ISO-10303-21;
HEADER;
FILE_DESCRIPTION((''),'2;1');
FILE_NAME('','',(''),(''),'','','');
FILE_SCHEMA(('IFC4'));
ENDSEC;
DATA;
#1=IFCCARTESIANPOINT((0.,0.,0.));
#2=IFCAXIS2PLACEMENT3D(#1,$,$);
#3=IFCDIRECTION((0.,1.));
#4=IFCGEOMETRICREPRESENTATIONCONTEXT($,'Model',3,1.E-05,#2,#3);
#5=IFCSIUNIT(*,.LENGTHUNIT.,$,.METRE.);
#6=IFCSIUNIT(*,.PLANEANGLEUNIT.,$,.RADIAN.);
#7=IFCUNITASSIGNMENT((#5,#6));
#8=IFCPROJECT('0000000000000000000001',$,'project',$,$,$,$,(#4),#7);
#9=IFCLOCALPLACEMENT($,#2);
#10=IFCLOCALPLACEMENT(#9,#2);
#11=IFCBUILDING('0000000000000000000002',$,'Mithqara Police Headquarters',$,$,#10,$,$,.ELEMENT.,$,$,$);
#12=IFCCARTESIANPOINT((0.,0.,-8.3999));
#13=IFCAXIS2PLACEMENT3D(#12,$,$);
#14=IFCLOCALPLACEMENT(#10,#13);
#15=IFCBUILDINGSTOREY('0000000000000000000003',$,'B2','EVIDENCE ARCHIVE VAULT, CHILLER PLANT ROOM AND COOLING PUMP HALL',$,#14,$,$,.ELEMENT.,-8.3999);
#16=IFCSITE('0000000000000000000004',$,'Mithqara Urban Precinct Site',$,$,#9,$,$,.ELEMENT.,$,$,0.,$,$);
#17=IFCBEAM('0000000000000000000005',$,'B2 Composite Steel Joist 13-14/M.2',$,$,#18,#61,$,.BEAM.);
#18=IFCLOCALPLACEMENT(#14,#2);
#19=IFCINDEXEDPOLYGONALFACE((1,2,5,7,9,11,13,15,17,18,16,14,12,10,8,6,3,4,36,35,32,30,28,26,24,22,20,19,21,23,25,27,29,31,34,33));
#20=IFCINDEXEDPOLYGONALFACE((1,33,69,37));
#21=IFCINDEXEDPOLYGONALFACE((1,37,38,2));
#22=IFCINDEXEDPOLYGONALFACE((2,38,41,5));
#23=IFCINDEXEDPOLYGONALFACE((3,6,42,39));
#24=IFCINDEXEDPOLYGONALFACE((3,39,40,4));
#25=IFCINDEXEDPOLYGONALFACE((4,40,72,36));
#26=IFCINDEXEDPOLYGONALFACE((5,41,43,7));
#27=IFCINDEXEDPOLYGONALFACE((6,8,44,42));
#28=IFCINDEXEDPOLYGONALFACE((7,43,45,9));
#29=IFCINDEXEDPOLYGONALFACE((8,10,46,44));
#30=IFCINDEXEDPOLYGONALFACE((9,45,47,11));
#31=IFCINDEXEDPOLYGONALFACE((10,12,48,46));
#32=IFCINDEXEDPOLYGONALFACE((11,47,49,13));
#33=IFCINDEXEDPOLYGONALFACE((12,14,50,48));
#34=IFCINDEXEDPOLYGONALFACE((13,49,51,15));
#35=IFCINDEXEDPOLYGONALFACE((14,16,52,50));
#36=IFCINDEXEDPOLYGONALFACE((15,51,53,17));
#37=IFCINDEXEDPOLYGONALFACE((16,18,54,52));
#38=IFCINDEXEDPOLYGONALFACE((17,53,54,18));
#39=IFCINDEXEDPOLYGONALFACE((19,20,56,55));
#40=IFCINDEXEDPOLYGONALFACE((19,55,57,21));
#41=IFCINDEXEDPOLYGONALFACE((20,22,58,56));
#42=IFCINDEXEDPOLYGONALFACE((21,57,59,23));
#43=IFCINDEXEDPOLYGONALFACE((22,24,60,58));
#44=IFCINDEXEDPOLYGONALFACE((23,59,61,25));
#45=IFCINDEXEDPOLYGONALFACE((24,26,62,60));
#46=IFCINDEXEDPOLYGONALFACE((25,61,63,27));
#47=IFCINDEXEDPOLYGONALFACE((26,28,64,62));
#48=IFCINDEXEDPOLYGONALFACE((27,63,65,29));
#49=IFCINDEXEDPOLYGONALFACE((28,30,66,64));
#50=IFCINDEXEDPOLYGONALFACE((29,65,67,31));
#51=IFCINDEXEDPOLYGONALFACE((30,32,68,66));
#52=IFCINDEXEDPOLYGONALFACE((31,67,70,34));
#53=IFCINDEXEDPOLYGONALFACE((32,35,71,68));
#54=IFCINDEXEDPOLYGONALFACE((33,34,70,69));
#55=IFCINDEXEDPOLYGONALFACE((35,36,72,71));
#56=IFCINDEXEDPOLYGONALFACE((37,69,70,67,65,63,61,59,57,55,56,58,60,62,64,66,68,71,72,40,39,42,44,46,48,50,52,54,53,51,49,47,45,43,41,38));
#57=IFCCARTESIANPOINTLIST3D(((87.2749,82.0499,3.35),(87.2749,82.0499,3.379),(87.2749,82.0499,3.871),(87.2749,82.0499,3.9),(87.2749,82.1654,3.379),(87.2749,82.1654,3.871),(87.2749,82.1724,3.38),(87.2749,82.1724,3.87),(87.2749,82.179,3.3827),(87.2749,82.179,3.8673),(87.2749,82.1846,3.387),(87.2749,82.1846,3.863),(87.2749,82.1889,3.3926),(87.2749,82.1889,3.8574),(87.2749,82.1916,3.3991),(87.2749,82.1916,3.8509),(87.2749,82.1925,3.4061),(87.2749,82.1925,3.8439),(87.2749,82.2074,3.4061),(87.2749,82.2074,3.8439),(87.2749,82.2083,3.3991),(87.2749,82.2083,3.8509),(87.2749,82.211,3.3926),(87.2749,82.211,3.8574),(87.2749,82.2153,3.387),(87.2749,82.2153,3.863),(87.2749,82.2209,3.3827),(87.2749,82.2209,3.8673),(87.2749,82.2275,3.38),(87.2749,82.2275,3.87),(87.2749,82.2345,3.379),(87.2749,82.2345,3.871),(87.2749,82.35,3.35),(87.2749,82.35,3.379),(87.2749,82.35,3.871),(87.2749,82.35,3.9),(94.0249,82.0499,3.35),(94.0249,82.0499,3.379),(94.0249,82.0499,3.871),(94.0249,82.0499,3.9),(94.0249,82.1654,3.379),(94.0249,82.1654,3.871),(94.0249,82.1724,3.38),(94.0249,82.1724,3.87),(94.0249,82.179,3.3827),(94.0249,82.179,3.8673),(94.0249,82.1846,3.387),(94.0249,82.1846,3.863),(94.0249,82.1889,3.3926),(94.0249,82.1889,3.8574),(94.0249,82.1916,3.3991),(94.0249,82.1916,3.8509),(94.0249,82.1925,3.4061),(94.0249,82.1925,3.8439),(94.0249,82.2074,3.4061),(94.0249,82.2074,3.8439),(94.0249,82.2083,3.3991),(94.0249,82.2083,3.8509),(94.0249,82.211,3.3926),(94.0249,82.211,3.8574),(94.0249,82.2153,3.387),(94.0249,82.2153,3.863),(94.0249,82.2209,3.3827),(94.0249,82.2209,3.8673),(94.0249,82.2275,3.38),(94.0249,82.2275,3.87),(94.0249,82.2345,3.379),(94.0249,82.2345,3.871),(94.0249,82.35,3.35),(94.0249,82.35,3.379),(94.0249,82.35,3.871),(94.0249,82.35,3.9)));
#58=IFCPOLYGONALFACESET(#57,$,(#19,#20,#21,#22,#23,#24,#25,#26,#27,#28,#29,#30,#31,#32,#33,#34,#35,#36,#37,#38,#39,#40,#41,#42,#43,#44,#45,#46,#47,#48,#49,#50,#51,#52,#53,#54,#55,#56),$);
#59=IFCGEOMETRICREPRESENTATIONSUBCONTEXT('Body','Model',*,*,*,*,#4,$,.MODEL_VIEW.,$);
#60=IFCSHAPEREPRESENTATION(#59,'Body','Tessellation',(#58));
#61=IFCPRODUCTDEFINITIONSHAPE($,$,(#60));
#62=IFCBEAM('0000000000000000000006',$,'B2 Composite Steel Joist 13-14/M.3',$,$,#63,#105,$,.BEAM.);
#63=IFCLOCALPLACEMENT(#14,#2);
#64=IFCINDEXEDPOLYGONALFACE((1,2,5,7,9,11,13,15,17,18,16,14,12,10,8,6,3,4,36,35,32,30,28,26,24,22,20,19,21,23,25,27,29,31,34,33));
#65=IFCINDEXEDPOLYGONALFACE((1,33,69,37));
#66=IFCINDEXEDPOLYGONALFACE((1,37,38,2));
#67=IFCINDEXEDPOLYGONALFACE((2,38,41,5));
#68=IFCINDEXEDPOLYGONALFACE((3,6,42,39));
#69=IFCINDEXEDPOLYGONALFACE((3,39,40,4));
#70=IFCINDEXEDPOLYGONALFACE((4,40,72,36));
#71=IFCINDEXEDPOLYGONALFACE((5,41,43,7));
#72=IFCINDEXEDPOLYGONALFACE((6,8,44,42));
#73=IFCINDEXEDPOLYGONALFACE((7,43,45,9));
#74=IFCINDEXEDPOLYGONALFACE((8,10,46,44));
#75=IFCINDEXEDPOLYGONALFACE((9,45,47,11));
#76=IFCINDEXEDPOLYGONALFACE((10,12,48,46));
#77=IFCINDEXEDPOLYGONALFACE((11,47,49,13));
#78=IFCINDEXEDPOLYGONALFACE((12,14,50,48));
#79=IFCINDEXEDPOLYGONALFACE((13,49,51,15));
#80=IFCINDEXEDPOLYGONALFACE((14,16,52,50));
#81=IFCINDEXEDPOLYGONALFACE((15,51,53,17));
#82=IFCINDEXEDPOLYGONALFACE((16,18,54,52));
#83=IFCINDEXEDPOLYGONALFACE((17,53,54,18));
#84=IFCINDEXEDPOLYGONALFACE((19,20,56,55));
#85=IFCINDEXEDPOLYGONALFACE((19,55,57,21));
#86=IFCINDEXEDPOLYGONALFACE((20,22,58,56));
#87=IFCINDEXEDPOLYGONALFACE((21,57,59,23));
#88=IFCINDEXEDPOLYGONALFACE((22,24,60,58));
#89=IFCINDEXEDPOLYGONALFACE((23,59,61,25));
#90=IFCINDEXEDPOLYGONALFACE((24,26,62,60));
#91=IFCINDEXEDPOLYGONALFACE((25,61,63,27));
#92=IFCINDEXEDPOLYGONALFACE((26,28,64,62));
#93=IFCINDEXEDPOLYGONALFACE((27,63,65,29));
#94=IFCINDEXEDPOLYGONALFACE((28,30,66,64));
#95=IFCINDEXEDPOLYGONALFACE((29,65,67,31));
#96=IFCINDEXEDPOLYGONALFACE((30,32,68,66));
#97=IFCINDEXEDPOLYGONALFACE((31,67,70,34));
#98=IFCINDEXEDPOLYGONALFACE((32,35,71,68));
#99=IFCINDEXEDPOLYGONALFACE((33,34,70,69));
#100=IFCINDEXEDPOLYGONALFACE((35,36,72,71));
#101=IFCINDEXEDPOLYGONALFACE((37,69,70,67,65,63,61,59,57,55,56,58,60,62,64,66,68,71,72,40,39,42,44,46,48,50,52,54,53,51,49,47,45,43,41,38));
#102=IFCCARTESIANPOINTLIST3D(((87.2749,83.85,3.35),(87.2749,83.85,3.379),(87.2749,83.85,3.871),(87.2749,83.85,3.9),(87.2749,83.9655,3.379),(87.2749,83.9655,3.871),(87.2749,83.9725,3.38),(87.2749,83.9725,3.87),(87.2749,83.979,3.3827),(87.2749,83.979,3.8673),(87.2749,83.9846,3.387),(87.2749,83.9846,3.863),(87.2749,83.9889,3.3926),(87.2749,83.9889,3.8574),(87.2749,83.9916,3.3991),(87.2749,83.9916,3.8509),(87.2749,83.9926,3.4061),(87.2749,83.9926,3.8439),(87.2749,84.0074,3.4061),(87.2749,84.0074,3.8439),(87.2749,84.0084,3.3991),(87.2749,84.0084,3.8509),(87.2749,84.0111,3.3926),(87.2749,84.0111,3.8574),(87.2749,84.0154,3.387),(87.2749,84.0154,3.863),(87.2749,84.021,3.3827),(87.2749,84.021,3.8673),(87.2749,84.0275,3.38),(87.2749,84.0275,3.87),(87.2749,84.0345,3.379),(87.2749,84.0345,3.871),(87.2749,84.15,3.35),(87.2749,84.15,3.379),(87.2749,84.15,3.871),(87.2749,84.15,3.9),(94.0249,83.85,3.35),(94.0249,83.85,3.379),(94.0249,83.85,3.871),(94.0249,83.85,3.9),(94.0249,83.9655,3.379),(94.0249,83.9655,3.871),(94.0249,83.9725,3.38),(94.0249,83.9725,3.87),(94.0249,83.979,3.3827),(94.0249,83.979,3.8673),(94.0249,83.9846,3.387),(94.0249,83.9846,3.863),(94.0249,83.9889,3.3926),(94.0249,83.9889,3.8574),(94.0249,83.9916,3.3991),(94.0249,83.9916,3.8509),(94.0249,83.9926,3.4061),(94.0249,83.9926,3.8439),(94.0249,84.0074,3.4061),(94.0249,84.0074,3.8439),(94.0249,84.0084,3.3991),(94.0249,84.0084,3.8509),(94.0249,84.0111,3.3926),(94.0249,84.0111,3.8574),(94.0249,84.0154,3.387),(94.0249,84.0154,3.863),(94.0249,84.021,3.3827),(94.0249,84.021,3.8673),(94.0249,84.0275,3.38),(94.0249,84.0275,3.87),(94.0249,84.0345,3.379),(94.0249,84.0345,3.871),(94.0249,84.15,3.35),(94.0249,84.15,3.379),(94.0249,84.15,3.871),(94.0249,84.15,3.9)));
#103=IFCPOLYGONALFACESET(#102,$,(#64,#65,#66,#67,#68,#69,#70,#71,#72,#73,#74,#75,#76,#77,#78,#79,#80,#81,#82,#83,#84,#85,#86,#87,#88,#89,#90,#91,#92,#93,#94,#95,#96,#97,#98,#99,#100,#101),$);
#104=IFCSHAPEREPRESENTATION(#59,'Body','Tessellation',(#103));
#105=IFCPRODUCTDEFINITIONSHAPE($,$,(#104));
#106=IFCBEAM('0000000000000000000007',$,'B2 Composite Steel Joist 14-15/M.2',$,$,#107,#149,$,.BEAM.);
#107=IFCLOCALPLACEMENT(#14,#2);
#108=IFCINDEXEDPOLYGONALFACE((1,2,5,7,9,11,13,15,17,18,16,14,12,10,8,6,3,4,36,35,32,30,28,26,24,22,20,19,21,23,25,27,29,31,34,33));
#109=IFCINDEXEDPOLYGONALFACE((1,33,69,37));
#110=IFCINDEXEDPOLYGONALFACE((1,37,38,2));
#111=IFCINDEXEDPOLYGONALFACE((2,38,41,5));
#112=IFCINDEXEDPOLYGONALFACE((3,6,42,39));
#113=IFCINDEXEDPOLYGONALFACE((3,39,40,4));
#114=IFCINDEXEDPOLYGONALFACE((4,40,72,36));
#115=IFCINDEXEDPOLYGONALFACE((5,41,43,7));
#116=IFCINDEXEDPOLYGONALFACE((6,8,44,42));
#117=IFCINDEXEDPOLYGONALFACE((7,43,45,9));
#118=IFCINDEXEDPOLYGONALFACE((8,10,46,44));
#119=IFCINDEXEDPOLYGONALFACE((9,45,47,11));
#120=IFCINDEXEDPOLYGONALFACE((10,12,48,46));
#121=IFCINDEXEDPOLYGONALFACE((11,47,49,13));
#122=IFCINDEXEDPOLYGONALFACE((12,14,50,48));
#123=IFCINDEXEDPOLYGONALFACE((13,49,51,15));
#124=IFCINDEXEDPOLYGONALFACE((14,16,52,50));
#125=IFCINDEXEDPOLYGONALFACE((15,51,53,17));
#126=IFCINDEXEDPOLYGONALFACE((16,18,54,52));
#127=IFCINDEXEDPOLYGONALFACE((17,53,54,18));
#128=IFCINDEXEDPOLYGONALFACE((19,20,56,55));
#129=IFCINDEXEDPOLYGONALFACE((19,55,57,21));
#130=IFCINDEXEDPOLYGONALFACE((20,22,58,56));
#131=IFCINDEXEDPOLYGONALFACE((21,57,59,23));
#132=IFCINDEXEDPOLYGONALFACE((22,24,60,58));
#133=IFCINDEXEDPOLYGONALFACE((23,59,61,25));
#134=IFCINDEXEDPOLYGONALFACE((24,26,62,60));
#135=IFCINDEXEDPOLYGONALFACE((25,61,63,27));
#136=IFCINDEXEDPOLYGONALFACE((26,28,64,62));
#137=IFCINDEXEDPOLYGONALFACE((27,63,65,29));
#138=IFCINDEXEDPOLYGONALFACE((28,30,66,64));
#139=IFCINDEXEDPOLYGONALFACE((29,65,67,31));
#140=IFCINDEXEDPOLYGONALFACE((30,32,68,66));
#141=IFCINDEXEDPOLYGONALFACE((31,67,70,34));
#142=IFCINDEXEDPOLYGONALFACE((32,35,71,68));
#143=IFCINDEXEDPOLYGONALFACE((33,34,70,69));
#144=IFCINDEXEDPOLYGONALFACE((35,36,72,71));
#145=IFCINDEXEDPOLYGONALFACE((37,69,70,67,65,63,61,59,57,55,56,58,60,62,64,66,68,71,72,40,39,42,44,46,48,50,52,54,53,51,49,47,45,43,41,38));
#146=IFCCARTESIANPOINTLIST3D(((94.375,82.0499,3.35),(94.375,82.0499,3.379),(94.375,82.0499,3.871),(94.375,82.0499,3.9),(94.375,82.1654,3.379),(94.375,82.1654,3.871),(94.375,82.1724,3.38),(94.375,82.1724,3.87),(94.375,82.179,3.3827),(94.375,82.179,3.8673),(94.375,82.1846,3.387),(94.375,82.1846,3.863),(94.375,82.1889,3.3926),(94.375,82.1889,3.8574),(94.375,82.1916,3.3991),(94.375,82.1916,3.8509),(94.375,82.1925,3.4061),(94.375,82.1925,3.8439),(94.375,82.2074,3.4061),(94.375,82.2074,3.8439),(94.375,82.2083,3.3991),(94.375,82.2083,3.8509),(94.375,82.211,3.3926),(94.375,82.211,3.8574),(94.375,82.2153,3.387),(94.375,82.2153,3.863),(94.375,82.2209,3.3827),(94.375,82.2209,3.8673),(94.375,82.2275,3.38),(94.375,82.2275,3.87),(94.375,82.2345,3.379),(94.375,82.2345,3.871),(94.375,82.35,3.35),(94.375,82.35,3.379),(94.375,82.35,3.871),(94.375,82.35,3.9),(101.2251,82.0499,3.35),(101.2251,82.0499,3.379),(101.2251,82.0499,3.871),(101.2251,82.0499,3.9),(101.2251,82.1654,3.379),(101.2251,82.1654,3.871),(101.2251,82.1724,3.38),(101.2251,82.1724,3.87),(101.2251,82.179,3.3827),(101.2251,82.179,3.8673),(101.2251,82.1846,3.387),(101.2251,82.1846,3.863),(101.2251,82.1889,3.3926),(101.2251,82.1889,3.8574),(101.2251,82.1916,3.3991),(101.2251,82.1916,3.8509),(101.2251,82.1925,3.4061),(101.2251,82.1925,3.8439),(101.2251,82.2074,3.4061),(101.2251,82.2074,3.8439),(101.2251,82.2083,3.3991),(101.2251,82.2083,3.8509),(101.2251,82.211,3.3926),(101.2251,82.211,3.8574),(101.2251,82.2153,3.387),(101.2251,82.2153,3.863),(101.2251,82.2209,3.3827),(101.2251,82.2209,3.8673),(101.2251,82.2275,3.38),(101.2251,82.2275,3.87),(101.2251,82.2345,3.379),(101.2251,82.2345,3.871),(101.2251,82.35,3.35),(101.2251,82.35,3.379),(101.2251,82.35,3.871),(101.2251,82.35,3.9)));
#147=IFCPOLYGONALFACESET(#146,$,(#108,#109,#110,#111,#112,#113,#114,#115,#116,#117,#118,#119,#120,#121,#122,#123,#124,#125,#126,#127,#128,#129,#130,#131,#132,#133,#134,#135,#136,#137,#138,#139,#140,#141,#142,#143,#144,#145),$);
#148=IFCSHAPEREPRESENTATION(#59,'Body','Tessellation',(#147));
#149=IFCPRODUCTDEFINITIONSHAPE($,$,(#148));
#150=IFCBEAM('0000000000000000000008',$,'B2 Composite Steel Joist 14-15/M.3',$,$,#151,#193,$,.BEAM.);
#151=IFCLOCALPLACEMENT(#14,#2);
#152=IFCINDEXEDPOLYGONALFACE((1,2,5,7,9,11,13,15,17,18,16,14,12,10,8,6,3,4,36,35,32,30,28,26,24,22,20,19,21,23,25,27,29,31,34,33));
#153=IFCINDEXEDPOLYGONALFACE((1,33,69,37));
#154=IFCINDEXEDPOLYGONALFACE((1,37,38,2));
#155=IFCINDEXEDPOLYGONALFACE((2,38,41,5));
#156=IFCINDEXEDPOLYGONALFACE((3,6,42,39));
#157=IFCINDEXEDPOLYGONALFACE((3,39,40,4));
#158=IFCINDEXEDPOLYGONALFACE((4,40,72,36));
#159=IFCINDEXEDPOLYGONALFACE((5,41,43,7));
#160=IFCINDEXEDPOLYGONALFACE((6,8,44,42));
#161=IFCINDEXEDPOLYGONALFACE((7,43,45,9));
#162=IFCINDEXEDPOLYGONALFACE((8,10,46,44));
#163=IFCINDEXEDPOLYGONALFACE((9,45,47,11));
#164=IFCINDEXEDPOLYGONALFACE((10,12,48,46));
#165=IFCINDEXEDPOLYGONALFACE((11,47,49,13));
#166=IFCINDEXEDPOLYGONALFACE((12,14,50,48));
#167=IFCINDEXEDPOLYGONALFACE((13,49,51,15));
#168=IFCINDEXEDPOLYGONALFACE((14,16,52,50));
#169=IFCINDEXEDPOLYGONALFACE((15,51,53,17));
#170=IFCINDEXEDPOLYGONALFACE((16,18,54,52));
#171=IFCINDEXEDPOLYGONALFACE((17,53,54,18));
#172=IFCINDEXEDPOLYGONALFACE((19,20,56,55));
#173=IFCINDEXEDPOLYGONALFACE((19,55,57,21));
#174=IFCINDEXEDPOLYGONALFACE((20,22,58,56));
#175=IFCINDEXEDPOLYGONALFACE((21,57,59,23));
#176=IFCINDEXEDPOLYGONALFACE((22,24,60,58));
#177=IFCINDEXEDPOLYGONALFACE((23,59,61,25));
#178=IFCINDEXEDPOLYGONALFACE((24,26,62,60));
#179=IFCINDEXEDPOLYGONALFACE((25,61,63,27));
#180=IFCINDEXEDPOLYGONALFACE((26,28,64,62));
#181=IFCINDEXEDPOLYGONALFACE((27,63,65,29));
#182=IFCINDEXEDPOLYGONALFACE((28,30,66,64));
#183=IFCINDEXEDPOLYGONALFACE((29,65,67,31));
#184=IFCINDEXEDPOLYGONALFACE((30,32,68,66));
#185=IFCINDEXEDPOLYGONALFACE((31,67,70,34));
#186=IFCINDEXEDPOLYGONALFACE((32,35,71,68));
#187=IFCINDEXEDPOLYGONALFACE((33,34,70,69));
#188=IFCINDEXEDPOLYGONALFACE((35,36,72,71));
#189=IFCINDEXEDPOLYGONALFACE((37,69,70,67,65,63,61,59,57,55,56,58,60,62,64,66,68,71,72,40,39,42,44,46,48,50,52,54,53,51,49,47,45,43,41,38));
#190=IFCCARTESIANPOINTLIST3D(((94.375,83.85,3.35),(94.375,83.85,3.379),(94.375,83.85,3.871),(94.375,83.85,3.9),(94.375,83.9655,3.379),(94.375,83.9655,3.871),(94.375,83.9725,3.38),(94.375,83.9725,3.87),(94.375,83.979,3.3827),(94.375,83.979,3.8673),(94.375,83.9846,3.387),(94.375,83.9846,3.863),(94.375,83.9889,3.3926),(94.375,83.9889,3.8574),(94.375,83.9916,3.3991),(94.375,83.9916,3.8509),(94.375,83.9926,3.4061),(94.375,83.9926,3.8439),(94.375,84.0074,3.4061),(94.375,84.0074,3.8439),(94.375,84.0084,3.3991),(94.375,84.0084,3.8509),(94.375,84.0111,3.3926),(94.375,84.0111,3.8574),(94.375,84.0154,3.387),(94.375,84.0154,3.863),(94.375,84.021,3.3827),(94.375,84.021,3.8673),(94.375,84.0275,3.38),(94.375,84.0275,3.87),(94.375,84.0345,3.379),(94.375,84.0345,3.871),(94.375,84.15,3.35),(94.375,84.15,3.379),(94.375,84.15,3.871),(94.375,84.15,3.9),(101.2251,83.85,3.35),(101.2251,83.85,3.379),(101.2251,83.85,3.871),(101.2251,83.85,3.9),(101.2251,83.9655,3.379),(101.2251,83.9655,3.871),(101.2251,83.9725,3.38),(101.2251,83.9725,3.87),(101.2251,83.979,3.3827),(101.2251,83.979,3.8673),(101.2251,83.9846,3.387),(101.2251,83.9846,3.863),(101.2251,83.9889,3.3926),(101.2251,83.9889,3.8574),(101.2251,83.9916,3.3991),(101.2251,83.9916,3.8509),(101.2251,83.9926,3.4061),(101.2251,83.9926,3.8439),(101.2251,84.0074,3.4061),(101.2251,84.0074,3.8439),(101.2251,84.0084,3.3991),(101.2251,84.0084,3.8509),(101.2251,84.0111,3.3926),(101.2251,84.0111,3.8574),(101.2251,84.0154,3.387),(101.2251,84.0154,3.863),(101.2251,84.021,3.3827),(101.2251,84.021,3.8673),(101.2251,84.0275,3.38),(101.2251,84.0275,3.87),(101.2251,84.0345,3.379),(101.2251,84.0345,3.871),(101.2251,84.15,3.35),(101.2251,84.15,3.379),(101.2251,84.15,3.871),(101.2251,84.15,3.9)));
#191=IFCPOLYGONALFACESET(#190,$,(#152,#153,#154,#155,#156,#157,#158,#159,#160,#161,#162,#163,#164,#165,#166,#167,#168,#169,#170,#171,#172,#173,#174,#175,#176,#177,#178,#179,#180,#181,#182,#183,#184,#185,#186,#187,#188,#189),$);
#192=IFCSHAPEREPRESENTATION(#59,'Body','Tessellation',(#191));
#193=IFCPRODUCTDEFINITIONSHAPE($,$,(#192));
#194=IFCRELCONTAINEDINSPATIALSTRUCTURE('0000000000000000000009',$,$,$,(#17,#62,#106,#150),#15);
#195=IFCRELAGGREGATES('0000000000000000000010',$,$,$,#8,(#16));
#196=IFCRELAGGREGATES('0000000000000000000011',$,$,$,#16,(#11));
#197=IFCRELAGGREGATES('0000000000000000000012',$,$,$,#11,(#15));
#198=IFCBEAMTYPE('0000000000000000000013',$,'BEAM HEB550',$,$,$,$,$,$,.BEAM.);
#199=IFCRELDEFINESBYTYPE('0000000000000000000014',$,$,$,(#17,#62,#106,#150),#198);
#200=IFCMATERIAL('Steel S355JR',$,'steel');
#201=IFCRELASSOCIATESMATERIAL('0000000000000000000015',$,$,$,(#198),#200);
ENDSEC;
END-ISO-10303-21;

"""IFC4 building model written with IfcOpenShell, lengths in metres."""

from ifc_helpers import new_model, si_unit, direction, frame, origin, origin_2d, place, context, subcontext, project, spatial, i_section, extrude, material, material_profile, profile_set, type_object, element, save


model = new_model("IFC4")

# Units and contexts
model_context = context("Model", 3, precision=1e-05, world=origin(), true_north=direction((0.0, 1.0)))
body_context = subcontext(model_context, "Body", "Model", "MODEL_VIEW")
ifc_project = project(units=[si_unit("LENGTHUNIT", "METRE"), si_unit("PLANEANGLEUNIT", "RADIAN")], contexts=[model_context])

# Site, building, storey
site_placement = place(None, origin())
site = spatial("IfcSite", under=ifc_project, at=site_placement, Name="Mithqara Urban Precinct Site", CompositionType="ELEMENT", RefElevation=0.0)
building_placement = place(site_placement, origin())
building = spatial("IfcBuilding", under=site, at=building_placement, Name="Mithqara Police Headquarters", CompositionType="ELEMENT")
storey_placement = place(building_placement, frame((0.0, 0.0, -8.3999)))
storey = spatial("IfcBuildingStorey", under=building, at=storey_placement, Name="B2", Description="EVIDENCE ARCHIVE VAULT, CHILLER PLANT ROOM AND COOLING PUMP HALL", CompositionType="ELEMENT", Elevation=-8.3999)

# Beams
ifc_material_1 = material(Name="Steel S355JR", Category="steel")
ifc_material_profile_1 = material_profile(ifc_material_1, i_section(OverallWidth=0.3, OverallDepth=0.55, WebThickness=0.0149, FlangeThickness=0.0291, FilletRadius=0.0271, at=origin_2d()), Name="HEB 550")
ifc_profile_set_1 = profile_set([ifc_material_profile_1], Name="Steel S355JR")
beam_type_1 = type_object("IfcBeamType", Name="BEAM HEB550", PredefinedType="BEAM", material=ifc_profile_set_1)
for number, where, z_axis, x_axis, name in (
    (1, (87.2749, 82.2, 3.625), (1.0, 0.0, 0.0), (0.0, 1.0, 0.0), "B2 Composite Steel Joist 13-14/M.2"),
    (2, (87.2749, 84.0, 3.625), (1.0, 0.0, 0.0), (0.0, 1.0, 0.0), "B2 Composite Steel Joist 13-14/M.3"),
):
    element("IfcBeam", number, at=place(storey_placement, frame(where, z_axis=z_axis, x_axis=x_axis)), inside=storey, type_object=beam_type_1, Name=name, PredefinedType="BEAM", context=body_context, shape_type="SweptSolid", body=[
        extrude(i_section(OverallWidth=0.3, OverallDepth=0.55, WebThickness=0.0149, FlangeThickness=0.0291, FilletRadius=0.0271, at=origin_2d()), origin(), (0.0, 0.0, 1.0), 6.75),
    ])
for number, where, z_axis, x_axis, name in (
    (3, (94.375, 82.2, 3.625), (1.0, 0.0, 0.0), (0.0, 1.0, 0.0), "B2 Composite Steel Joist 14-15/M.2"),
    (4, (94.375, 84.0, 3.625), (1.0, 0.0, 0.0), (0.0, 1.0, 0.0), "B2 Composite Steel Joist 14-15/M.3"),
):
    element("IfcBeam", number, at=place(storey_placement, frame(where, z_axis=z_axis, x_axis=x_axis)), inside=storey, type_object=beam_type_1, Name=name, PredefinedType="BEAM", context=body_context, shape_type="SweptSolid", body=[
        extrude(i_section(OverallWidth=0.3, OverallDepth=0.55, WebThickness=0.0149, FlangeThickness=0.0291, FilletRadius=0.0271, at=origin_2d()), origin(), (0.0, 0.0, 1.0), 6.8501),
    ])

save(model, "model.ifc")
